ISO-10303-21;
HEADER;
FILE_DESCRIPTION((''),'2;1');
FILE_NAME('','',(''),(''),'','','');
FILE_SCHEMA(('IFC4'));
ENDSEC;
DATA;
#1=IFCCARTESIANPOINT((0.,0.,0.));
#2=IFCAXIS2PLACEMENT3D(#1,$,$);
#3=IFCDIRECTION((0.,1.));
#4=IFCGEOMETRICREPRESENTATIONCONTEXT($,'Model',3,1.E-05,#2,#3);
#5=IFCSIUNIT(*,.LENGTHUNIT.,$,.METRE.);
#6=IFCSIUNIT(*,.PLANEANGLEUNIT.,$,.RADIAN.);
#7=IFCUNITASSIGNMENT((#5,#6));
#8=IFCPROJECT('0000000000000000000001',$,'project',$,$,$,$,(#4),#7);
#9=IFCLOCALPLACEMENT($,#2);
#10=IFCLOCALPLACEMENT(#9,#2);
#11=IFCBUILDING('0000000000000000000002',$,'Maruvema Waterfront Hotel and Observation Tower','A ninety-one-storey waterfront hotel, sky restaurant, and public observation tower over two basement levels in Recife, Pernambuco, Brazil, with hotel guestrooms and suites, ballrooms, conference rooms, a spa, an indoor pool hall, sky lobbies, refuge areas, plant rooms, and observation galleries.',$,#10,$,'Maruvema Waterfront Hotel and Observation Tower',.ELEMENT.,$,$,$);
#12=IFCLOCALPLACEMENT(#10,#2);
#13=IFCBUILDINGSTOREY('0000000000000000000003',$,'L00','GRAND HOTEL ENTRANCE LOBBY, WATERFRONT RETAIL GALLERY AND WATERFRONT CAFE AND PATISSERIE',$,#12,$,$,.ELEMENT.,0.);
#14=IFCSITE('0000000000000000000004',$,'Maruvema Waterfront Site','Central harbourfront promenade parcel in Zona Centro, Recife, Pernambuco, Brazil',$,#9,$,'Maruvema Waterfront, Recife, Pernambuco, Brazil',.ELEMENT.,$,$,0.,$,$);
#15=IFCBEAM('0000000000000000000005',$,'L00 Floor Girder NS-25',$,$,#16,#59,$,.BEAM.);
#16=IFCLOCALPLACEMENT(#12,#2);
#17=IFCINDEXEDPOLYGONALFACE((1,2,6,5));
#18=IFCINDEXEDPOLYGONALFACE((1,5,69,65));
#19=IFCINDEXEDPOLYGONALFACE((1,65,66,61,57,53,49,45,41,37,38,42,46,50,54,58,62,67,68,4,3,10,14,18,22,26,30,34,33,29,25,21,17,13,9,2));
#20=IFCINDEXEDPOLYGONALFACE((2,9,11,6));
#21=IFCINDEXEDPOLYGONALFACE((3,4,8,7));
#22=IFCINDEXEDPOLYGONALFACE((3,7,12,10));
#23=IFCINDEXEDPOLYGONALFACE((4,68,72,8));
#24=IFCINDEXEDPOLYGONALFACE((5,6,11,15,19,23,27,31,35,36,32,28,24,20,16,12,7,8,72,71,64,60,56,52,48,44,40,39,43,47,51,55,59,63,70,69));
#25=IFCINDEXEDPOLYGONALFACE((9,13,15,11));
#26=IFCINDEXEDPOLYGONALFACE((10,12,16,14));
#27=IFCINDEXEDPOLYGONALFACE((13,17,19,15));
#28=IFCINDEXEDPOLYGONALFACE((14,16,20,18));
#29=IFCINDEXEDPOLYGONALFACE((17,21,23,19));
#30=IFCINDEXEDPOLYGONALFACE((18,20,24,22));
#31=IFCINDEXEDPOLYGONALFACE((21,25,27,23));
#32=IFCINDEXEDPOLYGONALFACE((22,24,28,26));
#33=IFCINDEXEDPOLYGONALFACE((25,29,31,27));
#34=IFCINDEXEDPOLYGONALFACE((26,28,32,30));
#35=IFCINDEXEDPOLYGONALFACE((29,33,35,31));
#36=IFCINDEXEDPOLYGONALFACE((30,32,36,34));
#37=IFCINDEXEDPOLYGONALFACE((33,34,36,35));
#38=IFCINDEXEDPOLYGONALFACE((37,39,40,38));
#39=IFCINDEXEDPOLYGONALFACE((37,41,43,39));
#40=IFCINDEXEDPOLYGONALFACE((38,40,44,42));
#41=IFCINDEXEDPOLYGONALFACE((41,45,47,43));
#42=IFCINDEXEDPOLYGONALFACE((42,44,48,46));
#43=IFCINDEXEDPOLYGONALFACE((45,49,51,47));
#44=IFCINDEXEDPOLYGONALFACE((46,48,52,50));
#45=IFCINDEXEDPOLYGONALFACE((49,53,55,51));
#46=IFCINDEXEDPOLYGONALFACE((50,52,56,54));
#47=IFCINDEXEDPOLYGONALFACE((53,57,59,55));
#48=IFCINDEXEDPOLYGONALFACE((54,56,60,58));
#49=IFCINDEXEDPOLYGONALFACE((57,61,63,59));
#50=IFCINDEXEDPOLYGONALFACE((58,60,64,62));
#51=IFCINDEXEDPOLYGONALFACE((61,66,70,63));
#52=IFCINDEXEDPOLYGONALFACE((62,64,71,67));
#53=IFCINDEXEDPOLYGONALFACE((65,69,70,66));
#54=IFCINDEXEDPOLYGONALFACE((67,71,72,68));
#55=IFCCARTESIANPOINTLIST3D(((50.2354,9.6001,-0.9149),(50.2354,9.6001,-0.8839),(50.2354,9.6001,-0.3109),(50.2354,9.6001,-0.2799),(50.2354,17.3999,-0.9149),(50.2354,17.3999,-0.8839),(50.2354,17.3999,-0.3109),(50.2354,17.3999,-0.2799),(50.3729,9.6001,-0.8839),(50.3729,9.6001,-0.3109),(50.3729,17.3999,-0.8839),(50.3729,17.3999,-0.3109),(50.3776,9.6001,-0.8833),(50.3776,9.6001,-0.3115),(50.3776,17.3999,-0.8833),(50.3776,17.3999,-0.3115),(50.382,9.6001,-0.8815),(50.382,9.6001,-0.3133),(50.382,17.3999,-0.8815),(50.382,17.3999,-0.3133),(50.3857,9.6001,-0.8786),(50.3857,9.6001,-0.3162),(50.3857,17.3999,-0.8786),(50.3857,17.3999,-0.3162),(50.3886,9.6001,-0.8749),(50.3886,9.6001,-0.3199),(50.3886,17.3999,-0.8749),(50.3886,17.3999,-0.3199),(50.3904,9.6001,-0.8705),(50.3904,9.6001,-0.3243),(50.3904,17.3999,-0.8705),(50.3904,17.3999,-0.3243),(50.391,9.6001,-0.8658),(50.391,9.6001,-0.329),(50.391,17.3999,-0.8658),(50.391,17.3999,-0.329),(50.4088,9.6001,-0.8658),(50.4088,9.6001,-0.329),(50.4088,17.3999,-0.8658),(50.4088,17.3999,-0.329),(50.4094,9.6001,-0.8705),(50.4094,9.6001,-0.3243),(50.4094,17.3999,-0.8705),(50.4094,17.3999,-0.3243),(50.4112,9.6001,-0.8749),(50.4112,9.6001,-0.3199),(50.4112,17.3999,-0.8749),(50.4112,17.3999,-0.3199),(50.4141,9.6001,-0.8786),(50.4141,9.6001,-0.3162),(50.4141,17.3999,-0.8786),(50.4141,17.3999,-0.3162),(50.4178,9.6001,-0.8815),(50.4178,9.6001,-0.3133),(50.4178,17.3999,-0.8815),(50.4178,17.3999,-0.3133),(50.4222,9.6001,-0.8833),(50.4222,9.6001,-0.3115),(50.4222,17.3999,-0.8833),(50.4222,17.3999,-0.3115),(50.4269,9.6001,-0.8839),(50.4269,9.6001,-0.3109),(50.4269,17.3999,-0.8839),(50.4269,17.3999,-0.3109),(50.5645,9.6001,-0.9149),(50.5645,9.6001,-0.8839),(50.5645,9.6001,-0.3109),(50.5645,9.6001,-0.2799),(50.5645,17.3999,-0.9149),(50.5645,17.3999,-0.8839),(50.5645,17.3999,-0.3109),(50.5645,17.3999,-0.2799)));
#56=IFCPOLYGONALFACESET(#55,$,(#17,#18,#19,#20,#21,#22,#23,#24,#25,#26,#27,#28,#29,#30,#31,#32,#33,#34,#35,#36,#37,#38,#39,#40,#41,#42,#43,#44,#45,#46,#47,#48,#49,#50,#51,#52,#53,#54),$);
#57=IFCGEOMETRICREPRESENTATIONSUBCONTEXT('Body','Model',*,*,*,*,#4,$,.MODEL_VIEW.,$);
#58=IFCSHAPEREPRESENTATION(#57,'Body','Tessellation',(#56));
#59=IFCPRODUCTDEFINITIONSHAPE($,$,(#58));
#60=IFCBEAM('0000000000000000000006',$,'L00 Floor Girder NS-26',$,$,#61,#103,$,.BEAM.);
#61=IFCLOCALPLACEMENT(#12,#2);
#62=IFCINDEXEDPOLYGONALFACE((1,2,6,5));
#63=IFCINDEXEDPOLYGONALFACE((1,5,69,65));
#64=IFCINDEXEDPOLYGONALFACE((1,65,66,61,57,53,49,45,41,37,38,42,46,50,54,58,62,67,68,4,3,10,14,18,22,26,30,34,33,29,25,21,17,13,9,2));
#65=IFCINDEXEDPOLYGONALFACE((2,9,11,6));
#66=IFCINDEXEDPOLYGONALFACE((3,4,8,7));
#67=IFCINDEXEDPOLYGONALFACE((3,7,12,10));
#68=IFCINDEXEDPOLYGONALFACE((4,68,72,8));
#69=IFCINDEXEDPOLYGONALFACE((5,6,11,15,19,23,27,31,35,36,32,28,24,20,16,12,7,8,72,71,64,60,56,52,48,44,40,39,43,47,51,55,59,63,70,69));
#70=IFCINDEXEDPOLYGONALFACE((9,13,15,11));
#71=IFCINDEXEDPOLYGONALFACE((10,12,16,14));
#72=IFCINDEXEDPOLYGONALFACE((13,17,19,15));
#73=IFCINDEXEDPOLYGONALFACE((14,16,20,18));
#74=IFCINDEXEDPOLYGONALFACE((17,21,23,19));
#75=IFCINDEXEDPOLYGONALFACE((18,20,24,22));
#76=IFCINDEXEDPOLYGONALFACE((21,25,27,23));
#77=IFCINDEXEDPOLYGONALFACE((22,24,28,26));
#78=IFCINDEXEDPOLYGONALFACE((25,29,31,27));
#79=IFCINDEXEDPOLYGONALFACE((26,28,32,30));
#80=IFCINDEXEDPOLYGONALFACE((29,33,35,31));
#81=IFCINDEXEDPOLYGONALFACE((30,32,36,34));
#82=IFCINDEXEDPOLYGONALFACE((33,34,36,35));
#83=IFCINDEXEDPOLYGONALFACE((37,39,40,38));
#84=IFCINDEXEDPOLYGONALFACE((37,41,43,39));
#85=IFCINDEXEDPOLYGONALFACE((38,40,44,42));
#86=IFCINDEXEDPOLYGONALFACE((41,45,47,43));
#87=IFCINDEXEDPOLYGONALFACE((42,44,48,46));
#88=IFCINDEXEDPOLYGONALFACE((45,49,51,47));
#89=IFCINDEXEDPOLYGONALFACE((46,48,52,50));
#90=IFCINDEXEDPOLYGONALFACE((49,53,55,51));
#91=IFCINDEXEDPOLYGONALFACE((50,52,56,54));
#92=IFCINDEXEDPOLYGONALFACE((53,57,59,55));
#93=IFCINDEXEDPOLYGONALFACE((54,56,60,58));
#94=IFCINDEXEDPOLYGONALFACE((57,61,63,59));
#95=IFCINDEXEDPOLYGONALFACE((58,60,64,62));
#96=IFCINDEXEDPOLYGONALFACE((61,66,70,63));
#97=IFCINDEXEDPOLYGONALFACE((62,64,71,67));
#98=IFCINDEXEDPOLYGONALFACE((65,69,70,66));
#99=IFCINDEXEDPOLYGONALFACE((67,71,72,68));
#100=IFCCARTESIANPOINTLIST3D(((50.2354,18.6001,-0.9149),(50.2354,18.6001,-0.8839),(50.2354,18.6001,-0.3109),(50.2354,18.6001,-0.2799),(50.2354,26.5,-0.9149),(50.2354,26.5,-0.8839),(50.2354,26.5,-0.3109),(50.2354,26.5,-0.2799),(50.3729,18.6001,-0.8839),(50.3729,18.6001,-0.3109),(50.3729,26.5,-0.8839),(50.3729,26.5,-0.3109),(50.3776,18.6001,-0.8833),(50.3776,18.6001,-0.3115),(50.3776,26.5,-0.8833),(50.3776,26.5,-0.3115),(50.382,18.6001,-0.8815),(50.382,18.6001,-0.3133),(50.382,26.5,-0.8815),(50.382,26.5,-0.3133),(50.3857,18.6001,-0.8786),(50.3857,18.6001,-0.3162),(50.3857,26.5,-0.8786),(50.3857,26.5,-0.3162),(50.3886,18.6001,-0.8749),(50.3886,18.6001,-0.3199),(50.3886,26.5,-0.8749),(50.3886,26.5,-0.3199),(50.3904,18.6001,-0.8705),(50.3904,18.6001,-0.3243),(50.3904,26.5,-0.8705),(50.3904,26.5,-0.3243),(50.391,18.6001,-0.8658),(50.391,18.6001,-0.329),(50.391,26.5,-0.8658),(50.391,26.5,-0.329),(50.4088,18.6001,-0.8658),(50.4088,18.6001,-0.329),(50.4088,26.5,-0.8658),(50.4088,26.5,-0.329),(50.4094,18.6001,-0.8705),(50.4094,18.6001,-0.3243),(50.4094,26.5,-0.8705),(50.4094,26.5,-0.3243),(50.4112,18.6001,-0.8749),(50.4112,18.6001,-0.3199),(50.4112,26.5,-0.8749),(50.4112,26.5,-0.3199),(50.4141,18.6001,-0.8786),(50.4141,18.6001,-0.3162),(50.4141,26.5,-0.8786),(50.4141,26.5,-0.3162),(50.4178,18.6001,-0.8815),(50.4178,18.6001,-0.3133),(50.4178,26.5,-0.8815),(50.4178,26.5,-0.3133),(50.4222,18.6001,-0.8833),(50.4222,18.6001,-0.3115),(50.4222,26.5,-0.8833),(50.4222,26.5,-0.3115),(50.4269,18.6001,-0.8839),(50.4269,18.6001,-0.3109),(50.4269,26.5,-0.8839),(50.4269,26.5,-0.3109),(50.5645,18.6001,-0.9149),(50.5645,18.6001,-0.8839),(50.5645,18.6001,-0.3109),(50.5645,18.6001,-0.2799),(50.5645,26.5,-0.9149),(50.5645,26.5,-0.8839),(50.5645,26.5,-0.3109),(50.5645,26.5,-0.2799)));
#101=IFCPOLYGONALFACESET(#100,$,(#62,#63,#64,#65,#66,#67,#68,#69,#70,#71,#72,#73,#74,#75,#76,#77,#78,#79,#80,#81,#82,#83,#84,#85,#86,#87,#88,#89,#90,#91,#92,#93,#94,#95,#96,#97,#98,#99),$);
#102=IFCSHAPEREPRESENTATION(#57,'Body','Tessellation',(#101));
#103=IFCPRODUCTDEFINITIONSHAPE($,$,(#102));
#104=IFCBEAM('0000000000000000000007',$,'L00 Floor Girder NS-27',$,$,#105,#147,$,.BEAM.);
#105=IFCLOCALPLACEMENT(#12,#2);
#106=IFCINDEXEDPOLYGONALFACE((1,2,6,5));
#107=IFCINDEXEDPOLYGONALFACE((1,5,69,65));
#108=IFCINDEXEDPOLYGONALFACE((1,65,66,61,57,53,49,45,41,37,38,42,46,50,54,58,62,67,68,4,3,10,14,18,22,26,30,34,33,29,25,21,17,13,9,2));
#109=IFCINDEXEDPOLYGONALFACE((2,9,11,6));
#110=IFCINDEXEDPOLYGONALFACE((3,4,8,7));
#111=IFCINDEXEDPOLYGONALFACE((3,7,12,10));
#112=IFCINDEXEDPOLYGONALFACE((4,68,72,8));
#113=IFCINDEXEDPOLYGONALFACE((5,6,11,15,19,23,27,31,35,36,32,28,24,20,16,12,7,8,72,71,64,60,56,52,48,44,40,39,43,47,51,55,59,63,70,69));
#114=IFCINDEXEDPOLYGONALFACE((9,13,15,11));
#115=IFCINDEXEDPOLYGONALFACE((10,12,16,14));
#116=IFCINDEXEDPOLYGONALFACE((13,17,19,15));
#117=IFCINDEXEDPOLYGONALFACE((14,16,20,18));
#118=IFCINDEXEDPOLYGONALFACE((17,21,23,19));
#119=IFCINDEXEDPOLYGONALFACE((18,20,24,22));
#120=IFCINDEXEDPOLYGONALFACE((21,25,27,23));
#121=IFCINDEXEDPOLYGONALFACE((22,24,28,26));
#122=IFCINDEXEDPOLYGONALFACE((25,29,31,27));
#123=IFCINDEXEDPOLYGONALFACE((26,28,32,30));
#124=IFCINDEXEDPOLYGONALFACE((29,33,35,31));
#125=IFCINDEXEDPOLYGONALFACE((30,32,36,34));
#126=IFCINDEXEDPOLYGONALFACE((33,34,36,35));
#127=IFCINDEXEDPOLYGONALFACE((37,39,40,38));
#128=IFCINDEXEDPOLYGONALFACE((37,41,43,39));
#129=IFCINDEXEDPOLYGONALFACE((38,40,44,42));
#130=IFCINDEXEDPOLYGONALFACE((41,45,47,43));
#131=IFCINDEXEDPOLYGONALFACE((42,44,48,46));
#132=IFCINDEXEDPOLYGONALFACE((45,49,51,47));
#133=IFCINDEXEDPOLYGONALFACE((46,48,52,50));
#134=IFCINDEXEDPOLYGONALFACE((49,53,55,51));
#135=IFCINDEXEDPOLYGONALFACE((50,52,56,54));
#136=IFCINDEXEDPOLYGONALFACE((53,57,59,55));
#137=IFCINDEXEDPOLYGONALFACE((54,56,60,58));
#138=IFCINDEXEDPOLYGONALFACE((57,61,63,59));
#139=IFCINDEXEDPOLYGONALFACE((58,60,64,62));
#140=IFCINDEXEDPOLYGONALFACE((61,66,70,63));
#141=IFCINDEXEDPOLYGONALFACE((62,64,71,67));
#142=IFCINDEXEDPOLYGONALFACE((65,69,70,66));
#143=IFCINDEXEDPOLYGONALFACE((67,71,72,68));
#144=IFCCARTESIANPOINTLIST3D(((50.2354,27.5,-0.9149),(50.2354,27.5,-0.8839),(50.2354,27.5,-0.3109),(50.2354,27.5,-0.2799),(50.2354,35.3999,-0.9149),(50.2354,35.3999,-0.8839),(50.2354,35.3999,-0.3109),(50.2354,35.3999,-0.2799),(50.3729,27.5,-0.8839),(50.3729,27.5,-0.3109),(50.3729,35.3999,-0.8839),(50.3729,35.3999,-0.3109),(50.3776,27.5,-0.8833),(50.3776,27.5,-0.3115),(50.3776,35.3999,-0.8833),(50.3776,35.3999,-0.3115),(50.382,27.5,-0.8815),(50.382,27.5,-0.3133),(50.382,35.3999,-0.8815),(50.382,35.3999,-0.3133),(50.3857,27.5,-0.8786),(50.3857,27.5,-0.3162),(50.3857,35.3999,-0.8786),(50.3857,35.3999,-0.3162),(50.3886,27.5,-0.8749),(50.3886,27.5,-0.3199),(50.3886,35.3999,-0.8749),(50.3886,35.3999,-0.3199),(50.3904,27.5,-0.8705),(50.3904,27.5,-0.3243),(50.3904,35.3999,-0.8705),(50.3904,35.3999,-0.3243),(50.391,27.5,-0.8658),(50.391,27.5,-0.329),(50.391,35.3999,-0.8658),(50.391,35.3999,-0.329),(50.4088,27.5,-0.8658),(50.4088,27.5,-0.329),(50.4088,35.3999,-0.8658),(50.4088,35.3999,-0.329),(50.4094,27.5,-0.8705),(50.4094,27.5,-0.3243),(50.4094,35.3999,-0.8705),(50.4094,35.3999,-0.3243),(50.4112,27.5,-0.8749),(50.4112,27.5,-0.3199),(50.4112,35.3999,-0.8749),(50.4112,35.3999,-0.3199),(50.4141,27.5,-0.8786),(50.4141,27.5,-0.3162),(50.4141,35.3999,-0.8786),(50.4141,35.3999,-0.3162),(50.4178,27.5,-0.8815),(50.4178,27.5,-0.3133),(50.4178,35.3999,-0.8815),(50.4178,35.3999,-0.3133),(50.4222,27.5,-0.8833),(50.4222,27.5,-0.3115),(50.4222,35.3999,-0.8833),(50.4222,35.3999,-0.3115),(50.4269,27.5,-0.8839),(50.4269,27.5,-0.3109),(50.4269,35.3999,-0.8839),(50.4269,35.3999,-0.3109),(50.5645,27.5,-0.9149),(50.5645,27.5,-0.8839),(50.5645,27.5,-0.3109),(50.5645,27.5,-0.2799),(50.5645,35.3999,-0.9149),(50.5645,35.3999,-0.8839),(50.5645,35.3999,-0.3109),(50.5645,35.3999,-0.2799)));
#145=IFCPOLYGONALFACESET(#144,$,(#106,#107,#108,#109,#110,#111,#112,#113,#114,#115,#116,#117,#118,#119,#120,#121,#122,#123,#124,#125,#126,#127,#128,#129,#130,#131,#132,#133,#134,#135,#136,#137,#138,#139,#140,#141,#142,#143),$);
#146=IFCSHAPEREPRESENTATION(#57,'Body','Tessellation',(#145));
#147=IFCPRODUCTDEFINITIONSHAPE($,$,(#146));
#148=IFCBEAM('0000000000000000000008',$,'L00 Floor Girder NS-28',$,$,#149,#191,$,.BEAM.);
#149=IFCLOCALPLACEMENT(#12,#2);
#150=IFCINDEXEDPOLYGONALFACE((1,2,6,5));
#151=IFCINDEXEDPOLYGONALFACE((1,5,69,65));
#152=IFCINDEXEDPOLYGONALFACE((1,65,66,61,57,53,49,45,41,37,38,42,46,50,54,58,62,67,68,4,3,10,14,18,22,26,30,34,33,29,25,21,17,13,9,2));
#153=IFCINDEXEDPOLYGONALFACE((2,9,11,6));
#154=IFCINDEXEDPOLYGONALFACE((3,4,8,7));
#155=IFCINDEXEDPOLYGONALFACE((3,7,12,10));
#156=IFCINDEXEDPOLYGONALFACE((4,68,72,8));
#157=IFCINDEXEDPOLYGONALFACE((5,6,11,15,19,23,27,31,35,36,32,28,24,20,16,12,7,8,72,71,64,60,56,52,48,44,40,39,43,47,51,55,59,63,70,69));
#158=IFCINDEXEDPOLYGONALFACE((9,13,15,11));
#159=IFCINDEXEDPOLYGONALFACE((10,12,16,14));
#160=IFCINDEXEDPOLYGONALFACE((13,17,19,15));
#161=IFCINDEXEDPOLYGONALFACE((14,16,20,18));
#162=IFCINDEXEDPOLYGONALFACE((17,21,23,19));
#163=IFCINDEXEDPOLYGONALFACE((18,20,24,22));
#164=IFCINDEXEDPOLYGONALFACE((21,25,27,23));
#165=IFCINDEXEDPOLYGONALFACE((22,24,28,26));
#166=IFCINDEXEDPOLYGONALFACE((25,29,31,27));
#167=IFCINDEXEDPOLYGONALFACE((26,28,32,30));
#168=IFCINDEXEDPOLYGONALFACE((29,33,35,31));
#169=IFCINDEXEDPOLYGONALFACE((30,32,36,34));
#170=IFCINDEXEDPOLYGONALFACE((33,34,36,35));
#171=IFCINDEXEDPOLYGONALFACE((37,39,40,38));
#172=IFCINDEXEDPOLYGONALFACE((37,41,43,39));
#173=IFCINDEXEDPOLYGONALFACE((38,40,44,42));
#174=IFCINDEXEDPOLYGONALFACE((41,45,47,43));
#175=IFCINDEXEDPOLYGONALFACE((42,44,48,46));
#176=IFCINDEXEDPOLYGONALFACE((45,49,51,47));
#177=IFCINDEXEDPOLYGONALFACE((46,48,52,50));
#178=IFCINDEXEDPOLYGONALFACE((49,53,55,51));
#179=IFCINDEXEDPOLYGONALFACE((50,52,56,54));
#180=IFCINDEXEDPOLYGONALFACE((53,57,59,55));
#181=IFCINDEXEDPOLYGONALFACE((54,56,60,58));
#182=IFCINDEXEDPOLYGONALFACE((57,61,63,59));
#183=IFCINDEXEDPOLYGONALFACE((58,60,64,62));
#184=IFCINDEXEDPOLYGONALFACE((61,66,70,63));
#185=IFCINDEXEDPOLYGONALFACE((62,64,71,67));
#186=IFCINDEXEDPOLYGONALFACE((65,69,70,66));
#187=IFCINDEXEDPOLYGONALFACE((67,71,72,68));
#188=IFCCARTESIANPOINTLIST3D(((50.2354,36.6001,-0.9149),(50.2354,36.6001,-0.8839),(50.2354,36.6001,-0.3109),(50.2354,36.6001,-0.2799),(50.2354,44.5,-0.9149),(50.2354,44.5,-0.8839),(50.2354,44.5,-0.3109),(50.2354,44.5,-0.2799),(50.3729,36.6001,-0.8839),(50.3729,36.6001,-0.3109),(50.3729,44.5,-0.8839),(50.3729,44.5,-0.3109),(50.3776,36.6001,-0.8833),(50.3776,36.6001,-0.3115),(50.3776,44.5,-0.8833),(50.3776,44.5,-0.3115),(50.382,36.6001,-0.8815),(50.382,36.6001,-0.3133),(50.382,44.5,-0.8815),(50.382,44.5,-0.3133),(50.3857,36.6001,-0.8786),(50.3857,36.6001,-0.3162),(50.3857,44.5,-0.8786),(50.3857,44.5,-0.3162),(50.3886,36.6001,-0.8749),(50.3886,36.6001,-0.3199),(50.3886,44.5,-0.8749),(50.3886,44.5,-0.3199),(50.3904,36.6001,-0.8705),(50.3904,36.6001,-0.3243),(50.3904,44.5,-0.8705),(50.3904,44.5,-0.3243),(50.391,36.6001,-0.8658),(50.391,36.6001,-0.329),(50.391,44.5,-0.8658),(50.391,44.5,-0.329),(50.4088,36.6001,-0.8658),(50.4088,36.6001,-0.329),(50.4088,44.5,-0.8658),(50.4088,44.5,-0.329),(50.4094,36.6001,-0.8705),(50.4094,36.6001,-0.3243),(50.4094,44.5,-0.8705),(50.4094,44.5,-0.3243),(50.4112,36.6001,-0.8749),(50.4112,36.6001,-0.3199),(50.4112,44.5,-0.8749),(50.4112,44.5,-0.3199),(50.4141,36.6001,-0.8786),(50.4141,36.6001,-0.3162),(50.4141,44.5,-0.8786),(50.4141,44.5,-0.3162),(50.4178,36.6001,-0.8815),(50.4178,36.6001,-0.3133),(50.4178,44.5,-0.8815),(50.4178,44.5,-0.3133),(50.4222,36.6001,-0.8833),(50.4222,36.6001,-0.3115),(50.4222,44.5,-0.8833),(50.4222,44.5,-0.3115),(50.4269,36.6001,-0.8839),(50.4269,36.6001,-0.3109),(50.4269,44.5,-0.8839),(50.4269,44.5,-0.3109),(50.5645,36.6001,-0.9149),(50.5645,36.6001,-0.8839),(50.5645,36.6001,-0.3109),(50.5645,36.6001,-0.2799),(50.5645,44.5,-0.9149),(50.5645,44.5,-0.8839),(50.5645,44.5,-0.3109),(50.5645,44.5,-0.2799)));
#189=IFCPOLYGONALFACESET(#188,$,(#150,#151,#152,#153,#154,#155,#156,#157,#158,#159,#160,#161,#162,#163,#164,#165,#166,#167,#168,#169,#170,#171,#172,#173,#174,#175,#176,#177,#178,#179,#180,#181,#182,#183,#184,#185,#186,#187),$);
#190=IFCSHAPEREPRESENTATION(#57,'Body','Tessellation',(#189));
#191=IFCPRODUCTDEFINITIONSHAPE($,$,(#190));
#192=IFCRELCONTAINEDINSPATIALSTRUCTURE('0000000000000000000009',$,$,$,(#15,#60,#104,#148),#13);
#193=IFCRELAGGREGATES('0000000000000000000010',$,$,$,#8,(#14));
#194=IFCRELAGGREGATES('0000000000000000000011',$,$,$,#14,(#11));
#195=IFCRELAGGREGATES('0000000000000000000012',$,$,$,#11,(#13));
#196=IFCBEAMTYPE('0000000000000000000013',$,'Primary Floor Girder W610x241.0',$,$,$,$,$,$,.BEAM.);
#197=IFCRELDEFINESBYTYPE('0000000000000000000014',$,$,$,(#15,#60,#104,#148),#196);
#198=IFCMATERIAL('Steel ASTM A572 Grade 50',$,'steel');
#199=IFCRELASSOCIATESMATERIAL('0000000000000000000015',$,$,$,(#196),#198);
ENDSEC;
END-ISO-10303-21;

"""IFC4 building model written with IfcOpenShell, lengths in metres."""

from ifc_helpers import new_model, si_unit, direction, frame, origin, origin_2d, place, context, subcontext, project, spatial, i_section, extrude, material, material_profile, profile_set, type_object, element, save


model = new_model("IFC4")

# Units and contexts
model_context = context("Model", 3, precision=1e-05, world=origin(), true_north=direction((0.0, 1.0)))
body_context = subcontext(model_context, "Body", "Model", "MODEL_VIEW")
ifc_project = project(units=[si_unit("LENGTHUNIT", "METRE"), si_unit("PLANEANGLEUNIT", "RADIAN")], contexts=[model_context])

# Site, building, storey
site_placement = place(None, origin())
site = spatial("IfcSite", under=ifc_project, at=site_placement, Name="Maruvema Waterfront Site", Description="Central harbourfront promenade parcel in Zona Centro, Recife, Pernambuco, Brazil", LongName="Maruvema Waterfront, Recife, Pernambuco, Brazil", CompositionType="ELEMENT", RefElevation=0.0)
building_placement = place(site_placement, origin())
building = spatial("IfcBuilding", under=site, at=building_placement, Name="Maruvema Waterfront Hotel and Observation Tower", Description="A ninety-one-storey waterfront hotel, sky restaurant, and public observation tower over two basement levels in Recife, Pernambuco, Brazil, with hotel guestrooms and suites, ballrooms, conference rooms, a spa, an indoor pool hall, sky lobbies, refuge areas, plant rooms, and observation galleries.", LongName="Maruvema Waterfront Hotel and Observation Tower", CompositionType="ELEMENT")
storey_placement = place(building_placement, origin())
storey = spatial("IfcBuildingStorey", under=building, at=storey_placement, Name="L00", Description="GRAND HOTEL ENTRANCE LOBBY, WATERFRONT RETAIL GALLERY AND WATERFRONT CAFE AND PATISSERIE", CompositionType="ELEMENT", Elevation=0.0)

# Beams
ifc_material_1 = material(Name="Steel ASTM A572 Grade 50", Category="steel")
ifc_material_profile_1 = material_profile(ifc_material_1, i_section(OverallWidth=0.3291, OverallDepth=0.635, WebThickness=0.0178, FlangeThickness=0.031, FilletRadius=0.0181, at=origin_2d()), Name="W610x241.0")
ifc_profile_set_1 = profile_set([ifc_material_profile_1], Name="Steel ASTM A572 Grade 50")
beam_type_1 = type_object("IfcBeamType", Name="Primary Floor Girder W610x241.0", PredefinedType="BEAM", material=ifc_profile_set_1)
beam_1_placement = place(storey_placement, frame((50.3999, 9.6001, -0.5974), z_axis=(0.0, 1.0, 0.0), x_axis=(-1.0, 0.0, 0.0)))
element("IfcBeam", 1, at=beam_1_placement, inside=storey, type_object=beam_type_1, Name="L00 Floor Girder NS-25", PredefinedType="BEAM", context=body_context, shape_type="SweptSolid", body=[
    extrude(i_section(OverallWidth=0.3291, OverallDepth=0.635, WebThickness=0.0178, FlangeThickness=0.031, FilletRadius=0.0181, at=origin_2d()), origin(), (0.0, 0.0, 1.0), 7.7998),
])
for number, where, z_axis, x_axis, name in (
    (2, (50.3999, 18.6001, -0.5974), (0.0, 1.0, 0.0), (-1.0, 0.0, 0.0), "L00 Floor Girder NS-26"),
    (3, (50.3999, 27.5, -0.5974), (0.0, 1.0, 0.0), (-1.0, 0.0, 0.0), "L00 Floor Girder NS-27"),
    (4, (50.3999, 36.6001, -0.5974), (0.0, 1.0, 0.0), (-1.0, 0.0, 0.0), "L00 Floor Girder NS-28"),
):
    element("IfcBeam", number, at=place(storey_placement, frame(where, z_axis=z_axis, x_axis=x_axis)), inside=storey, type_object=beam_type_1, Name=name, PredefinedType="BEAM", context=body_context, shape_type="SweptSolid", body=[
        extrude(i_section(OverallWidth=0.3291, OverallDepth=0.635, WebThickness=0.0178, FlangeThickness=0.031, FilletRadius=0.0181, at=origin_2d()), origin(), (0.0, 0.0, 1.0), 7.8999),
    ])

save(model, "model.ifc")
